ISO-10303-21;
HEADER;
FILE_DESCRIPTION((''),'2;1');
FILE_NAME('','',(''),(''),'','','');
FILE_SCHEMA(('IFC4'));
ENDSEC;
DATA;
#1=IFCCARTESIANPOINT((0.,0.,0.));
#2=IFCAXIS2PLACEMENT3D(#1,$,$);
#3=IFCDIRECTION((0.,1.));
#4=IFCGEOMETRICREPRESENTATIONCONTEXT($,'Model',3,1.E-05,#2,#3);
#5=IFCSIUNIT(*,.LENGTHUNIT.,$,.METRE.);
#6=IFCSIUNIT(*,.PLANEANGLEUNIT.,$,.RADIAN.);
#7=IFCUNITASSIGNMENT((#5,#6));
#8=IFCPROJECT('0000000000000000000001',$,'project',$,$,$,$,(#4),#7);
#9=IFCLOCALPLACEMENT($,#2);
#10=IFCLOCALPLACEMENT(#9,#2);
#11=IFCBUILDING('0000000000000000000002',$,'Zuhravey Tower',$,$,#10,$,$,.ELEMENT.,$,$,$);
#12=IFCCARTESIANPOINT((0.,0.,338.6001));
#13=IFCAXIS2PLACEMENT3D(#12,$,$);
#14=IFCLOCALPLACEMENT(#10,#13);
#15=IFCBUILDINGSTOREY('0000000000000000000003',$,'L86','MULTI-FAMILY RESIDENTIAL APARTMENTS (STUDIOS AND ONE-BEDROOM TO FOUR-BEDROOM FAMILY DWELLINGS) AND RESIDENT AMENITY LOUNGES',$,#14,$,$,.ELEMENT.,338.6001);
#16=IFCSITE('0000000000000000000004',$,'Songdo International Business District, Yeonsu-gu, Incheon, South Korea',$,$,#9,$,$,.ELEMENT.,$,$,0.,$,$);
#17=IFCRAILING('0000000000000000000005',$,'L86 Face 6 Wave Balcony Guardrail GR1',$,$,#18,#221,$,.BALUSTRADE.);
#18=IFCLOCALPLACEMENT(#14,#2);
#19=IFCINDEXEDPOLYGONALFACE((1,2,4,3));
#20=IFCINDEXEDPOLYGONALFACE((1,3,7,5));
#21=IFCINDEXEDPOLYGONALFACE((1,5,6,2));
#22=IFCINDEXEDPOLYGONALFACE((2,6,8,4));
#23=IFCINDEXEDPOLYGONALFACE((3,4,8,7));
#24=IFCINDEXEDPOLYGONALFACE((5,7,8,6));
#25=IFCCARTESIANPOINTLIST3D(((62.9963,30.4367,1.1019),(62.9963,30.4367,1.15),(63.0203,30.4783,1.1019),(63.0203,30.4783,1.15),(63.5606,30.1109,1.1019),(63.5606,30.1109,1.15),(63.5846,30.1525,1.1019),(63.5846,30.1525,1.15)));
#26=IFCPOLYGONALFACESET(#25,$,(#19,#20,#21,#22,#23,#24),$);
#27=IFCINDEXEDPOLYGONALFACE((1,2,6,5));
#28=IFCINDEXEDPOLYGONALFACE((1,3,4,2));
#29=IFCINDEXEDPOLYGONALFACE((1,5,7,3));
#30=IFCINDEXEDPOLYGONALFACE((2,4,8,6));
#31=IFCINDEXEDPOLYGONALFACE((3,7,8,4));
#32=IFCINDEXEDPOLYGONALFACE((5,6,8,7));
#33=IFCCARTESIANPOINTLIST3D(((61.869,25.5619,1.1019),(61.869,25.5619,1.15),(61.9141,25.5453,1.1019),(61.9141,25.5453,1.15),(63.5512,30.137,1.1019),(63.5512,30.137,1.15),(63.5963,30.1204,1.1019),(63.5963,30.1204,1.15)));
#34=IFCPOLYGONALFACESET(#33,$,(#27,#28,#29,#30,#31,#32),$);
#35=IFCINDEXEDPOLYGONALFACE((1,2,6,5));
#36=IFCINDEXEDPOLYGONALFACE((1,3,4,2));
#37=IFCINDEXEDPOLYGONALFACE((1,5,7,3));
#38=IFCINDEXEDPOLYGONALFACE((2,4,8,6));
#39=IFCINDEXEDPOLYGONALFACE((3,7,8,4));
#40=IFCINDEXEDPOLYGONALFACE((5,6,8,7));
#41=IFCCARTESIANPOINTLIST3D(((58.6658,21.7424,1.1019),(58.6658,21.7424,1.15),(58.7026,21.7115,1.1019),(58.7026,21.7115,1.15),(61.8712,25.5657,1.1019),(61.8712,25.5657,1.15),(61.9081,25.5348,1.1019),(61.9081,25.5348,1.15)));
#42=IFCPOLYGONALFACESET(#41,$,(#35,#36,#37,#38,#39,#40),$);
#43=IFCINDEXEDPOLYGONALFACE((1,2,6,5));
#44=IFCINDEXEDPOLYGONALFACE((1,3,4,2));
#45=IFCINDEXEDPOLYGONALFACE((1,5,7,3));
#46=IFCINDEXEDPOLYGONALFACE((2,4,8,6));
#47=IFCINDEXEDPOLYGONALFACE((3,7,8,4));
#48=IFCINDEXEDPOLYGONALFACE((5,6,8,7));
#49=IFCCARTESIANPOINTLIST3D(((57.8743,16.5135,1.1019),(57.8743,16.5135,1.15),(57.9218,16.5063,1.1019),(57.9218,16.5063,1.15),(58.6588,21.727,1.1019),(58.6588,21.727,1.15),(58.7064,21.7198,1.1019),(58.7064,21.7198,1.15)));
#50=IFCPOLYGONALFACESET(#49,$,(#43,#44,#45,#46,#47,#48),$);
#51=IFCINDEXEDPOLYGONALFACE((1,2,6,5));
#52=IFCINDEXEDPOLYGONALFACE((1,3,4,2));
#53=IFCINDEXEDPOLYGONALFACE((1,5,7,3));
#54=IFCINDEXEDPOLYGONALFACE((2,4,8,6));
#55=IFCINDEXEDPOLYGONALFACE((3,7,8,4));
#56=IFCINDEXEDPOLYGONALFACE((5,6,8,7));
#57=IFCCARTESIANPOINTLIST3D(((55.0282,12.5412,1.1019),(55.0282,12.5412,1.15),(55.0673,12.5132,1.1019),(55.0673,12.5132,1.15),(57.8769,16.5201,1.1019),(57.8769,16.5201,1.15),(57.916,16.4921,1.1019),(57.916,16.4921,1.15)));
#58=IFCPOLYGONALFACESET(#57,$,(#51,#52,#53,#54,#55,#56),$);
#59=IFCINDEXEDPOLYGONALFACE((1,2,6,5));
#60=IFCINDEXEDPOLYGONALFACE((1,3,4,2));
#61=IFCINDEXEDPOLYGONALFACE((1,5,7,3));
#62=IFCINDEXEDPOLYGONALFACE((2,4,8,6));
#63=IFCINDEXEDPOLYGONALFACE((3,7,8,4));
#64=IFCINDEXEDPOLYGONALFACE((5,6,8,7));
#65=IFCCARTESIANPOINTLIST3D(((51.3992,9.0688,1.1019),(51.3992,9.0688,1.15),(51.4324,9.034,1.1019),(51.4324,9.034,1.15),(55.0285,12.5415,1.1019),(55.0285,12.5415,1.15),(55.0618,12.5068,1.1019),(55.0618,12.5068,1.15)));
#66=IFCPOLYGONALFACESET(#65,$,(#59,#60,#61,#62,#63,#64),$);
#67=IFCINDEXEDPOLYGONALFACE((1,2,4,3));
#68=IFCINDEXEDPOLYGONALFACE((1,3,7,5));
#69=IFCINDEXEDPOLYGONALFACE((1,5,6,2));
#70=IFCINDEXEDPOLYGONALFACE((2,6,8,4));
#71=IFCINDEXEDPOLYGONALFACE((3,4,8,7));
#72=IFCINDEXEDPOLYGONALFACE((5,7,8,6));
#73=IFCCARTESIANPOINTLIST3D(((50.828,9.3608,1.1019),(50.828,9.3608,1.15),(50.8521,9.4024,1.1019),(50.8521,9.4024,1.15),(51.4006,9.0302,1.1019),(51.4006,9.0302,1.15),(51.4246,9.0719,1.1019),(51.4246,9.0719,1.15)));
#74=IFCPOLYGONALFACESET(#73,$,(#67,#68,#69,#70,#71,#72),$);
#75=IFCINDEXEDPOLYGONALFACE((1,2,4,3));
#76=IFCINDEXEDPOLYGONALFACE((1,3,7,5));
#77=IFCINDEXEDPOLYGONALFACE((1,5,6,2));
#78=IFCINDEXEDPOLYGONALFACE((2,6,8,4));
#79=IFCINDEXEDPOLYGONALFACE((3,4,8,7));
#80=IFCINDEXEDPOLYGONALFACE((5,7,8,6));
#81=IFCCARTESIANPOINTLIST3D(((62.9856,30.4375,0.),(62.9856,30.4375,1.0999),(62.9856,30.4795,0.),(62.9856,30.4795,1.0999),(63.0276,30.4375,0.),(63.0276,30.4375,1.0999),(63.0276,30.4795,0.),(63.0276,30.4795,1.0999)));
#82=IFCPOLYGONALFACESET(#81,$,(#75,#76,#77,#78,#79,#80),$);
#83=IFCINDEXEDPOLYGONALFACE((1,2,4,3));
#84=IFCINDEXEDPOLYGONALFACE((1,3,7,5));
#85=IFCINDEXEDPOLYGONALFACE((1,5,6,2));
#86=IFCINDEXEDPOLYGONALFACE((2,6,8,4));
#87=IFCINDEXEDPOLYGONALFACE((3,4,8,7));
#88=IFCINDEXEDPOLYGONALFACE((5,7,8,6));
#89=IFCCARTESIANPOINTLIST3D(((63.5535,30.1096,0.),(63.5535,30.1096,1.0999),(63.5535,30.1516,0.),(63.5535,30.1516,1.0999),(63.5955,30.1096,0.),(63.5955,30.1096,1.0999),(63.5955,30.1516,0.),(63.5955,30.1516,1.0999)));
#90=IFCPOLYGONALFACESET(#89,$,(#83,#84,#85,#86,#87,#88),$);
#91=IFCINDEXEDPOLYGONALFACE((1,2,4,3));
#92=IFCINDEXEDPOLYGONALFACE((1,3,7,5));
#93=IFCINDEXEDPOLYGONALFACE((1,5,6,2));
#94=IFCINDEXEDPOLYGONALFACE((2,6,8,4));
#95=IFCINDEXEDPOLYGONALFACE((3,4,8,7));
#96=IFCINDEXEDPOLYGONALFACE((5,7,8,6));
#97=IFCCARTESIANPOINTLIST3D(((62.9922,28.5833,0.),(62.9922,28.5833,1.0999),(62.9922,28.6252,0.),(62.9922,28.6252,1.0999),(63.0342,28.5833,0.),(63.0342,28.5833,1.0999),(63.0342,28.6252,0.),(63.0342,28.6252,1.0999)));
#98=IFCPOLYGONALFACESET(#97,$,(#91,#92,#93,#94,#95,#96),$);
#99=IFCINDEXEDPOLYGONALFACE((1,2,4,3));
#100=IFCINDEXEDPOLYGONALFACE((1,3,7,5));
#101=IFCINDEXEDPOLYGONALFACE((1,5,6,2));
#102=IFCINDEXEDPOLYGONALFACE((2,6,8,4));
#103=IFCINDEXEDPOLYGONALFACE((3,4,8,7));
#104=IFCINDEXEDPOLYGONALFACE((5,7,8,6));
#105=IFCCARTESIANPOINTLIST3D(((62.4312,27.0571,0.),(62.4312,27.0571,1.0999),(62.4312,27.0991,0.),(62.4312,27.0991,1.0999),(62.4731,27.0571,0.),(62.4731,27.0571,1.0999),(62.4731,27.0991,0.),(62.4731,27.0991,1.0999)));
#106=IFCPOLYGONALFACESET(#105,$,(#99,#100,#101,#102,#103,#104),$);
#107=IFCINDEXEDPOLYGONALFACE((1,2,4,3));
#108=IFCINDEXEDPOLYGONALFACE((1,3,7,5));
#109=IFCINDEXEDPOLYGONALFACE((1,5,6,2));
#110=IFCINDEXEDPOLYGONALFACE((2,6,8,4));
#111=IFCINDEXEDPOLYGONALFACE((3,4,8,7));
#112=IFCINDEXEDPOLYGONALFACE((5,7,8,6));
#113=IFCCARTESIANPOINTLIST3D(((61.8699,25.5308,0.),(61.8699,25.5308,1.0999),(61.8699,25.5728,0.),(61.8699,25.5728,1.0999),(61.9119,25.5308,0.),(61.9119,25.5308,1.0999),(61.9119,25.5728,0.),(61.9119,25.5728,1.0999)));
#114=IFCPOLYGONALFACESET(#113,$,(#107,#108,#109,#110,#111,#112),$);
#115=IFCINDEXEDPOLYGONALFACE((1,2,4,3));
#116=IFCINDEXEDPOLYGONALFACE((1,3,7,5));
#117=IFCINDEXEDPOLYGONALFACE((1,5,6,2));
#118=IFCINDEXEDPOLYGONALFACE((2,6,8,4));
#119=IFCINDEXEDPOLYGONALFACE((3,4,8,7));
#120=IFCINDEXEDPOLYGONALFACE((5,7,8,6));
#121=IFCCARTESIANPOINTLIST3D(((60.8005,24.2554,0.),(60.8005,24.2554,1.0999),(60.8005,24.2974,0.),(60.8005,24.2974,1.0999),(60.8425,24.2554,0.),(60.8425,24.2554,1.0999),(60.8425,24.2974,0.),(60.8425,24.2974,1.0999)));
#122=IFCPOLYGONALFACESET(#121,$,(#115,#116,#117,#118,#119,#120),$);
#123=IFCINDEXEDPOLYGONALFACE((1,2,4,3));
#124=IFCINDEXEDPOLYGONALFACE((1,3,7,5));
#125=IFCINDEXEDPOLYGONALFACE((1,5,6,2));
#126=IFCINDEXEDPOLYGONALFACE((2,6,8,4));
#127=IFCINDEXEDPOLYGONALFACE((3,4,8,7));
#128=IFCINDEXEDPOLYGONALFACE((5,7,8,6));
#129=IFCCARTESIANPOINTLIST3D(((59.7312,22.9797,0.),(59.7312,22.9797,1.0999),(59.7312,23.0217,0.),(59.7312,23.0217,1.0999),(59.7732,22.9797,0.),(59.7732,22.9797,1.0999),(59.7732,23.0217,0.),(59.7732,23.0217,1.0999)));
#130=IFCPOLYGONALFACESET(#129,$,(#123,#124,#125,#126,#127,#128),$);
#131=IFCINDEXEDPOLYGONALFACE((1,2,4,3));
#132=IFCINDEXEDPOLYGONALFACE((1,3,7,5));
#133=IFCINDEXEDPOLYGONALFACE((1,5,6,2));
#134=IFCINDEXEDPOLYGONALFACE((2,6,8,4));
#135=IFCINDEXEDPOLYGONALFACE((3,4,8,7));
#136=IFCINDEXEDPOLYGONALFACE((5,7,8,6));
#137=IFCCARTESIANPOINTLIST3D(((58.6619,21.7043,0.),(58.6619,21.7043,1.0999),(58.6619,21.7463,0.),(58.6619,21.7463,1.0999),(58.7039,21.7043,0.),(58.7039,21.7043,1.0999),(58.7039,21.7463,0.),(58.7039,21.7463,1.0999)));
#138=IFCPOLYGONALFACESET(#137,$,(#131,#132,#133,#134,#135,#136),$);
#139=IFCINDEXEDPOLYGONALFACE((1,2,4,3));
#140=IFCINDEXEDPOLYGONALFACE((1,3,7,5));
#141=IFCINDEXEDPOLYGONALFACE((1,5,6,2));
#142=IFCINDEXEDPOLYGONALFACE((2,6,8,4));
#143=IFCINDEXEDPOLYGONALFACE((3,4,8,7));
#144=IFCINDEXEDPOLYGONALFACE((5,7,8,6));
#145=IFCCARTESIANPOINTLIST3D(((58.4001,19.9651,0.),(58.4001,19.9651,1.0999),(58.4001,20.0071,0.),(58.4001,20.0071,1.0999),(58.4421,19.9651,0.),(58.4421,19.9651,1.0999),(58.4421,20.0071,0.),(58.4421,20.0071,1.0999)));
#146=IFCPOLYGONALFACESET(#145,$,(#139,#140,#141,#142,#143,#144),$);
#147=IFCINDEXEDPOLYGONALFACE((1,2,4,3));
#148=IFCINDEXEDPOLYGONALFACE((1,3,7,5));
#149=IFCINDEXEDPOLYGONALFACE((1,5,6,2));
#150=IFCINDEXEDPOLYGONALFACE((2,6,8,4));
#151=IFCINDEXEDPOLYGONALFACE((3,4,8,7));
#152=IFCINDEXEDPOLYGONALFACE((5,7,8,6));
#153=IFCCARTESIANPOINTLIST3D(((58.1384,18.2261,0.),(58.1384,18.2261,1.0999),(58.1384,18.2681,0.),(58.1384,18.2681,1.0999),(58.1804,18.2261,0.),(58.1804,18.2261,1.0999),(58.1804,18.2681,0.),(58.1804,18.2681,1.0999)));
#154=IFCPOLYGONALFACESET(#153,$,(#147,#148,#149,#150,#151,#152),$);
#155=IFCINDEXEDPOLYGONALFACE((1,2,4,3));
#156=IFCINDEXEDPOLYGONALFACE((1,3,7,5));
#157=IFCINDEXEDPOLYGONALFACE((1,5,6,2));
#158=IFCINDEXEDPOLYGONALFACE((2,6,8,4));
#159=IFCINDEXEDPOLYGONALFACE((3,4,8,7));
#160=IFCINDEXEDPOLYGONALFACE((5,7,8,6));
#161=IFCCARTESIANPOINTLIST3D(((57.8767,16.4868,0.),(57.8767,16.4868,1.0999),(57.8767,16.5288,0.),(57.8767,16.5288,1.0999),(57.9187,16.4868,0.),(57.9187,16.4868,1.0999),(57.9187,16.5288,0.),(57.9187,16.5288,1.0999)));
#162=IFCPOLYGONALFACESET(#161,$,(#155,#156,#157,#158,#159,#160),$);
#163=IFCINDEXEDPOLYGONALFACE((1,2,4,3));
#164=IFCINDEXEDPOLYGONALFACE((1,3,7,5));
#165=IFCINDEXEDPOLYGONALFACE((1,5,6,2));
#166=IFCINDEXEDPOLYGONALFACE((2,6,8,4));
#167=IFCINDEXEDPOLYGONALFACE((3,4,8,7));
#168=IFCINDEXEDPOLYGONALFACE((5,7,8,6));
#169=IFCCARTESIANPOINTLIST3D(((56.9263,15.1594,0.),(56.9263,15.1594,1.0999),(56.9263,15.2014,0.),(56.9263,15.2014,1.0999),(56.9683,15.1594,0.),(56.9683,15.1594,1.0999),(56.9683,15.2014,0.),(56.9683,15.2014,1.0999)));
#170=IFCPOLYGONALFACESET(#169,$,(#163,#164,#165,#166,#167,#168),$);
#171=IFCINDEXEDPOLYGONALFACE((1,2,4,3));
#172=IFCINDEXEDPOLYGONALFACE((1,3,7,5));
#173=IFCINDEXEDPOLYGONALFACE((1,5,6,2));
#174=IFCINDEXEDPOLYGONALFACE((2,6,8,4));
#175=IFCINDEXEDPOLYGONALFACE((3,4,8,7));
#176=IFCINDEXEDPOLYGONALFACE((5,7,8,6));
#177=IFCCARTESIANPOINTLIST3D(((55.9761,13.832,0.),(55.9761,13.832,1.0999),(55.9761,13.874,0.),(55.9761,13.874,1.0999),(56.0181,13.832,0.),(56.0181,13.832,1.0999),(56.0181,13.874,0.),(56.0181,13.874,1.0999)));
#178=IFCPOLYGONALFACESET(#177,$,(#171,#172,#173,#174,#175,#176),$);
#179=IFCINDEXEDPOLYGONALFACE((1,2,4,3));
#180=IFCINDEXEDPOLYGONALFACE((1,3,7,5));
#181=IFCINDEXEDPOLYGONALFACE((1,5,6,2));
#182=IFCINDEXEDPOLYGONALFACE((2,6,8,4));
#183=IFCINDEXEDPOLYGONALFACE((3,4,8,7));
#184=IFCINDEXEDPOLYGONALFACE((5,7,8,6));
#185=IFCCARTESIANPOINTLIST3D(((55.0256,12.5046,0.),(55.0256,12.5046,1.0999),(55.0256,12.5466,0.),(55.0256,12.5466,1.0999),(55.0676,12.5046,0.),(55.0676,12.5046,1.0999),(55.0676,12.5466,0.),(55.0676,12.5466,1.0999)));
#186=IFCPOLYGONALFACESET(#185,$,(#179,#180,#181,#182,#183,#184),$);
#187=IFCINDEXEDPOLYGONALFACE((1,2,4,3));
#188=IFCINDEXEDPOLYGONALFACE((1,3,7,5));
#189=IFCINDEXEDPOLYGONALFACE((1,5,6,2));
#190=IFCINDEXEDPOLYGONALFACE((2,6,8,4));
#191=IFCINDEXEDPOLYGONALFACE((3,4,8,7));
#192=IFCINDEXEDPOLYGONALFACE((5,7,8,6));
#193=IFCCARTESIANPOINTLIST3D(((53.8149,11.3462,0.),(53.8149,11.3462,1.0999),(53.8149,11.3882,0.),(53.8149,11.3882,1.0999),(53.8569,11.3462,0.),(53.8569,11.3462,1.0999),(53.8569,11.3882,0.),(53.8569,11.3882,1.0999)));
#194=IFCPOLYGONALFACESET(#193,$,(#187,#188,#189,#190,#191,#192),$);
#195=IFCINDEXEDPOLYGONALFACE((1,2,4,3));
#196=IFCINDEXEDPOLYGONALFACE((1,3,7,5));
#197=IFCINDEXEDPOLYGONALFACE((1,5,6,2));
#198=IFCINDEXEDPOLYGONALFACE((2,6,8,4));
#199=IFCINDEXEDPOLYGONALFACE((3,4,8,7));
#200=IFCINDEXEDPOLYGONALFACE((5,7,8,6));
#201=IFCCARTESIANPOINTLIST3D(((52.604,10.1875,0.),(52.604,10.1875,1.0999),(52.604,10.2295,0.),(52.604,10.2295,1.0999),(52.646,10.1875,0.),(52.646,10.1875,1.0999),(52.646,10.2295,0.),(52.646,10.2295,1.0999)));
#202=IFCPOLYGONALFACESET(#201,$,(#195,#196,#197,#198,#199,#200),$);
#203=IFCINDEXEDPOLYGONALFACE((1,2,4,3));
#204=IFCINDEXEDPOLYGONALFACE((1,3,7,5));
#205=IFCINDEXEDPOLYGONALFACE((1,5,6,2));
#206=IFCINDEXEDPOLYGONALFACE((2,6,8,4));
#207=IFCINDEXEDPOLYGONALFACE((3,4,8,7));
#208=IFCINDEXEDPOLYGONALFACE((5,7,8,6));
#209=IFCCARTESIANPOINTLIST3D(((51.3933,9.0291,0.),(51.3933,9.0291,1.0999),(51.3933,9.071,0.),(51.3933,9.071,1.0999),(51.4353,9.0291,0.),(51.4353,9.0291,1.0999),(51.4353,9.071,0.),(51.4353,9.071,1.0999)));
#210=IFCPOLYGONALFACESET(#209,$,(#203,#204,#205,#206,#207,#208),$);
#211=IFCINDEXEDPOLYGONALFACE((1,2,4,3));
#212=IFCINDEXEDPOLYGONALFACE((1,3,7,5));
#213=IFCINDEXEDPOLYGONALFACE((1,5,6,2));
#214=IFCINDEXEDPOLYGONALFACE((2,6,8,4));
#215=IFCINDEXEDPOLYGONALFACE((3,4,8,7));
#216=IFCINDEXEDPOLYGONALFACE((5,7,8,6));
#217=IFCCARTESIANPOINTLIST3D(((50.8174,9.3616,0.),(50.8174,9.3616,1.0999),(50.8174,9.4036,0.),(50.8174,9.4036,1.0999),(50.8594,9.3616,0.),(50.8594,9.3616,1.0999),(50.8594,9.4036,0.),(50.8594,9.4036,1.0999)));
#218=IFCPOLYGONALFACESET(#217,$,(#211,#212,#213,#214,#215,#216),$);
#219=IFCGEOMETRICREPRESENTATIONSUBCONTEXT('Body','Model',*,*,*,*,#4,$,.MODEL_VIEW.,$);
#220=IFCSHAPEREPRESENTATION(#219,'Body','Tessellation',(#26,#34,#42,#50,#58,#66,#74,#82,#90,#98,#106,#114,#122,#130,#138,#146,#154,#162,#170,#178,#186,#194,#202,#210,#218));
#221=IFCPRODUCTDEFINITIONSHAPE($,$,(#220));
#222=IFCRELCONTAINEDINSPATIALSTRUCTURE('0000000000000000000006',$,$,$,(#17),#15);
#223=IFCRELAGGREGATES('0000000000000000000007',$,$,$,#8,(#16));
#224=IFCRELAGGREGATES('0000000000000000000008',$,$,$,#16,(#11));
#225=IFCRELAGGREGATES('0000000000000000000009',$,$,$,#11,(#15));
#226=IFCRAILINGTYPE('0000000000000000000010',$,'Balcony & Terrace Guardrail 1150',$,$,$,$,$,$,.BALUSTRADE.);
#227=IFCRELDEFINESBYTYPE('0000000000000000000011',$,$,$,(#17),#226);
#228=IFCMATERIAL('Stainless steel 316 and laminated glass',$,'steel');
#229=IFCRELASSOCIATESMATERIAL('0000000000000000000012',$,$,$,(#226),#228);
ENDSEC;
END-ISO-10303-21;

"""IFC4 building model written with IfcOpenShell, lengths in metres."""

from ifc_helpers import new_model, si_unit, direction, frame, origin, origin_2d, place, context, subcontext, project, spatial, rectangle, extrude, material, type_object, element, save


model = new_model("IFC4")

# Units and contexts
model_context = context("Model", 3, precision=1e-05, world=origin(), true_north=direction((0.0, 1.0)))
body_context = subcontext(model_context, "Body", "Model", "MODEL_VIEW")
ifc_project = project(units=[si_unit("LENGTHUNIT", "METRE"), si_unit("PLANEANGLEUNIT", "RADIAN")], contexts=[model_context])

# Site, building, storey
site_placement = place(None, origin())
site = spatial("IfcSite", under=ifc_project, at=site_placement, Name="Songdo International Business District, Yeonsu-gu, Incheon, South Korea", CompositionType="ELEMENT", RefElevation=0.0)
building_placement = place(site_placement, origin())
building = spatial("IfcBuilding", under=site, at=building_placement, Name="Zuhravey Tower", CompositionType="ELEMENT")
storey_placement = place(building_placement, frame((0.0, 0.0, 338.6001)))
storey = spatial("IfcBuildingStorey", under=building, at=storey_placement, Name="L86", Description="MULTI-FAMILY RESIDENTIAL APARTMENTS (STUDIOS AND ONE-BEDROOM TO FOUR-BEDROOM FAMILY DWELLINGS) AND RESIDENT AMENITY LOUNGES", CompositionType="ELEMENT", Elevation=338.6001)

# Railing
ifc_material_1 = material(Name="Stainless steel 316 and laminated glass", Category="steel")
railing_type = type_object("IfcRailingType", Name="Balcony & Terrace Guardrail 1150", PredefinedType="BALUSTRADE", material=ifc_material_1)
railing_placement = place(storey_placement, frame((63.0066, 30.4585, 0.0)))
element("IfcRailing", 1, at=railing_placement, inside=storey, type_object=railing_type, Name="L86 Face 6 Wave Balcony Guardrail GR1", PredefinedType="BALUSTRADE", context=body_context, shape_type="SweptSolid", body=[
    extrude(rectangle(XDim=0.0481, YDim=0.0481, at=origin_2d()), frame((0.0017, -0.001, 1.126), z_axis=(0.866012, -0.500023, 0.0), x_axis=(0.500023, 0.866012, 0.0)), (0.0, 0.0, 1.0), 0.6516),
    extrude(rectangle(XDim=0.0481, YDim=0.0481, at=origin_2d()), frame((0.5671, -0.3298, 1.126), z_axis=(-0.3451, -0.938566, 0.0), x_axis=(0.938566, -0.3451, 0.0)), (0.0, 0.0, 1.0), 4.8745),
    extrude(rectangle(XDim=0.0481, YDim=0.0481, at=origin_2d()), frame((-1.1169, -4.9082, 1.126), z_axis=(-0.642466, -0.766314, 0.0), x_axis=(0.766314, -0.642466, 0.0)), (0.0, 0.0, 1.0), 4.9893),
    extrude(rectangle(XDim=0.0481, YDim=0.0481, at=origin_2d()), frame((-4.324, -8.7351, 1.126), z_axis=(-0.148809, -0.988866, 0.0), x_axis=(0.988866, -0.148809, 0.0)), (0.0, 0.0, 1.0), 5.2722),
    extrude(rectangle(XDim=0.0481, YDim=0.0481, at=origin_2d()), frame((-5.1101, -13.9524, 1.126), z_axis=(-0.582138, -0.81309, 0.0), x_axis=(0.81309, -0.582138, 0.0)), (0.0, 0.0, 1.0), 4.8936),
    extrude(rectangle(XDim=0.0481, YDim=0.0481, at=origin_2d()), frame((-7.9614, -17.9343, 1.126), z_axis=(-0.722524, -0.691346, 0.0), x_axis=(0.691346, -0.722524, 0.0)), (0.0, 0.0, 1.0), 5.0232),
    extrude(rectangle(XDim=0.0481, YDim=0.0481, at=origin_2d()), frame((-11.594, -21.4075, 1.126), z_axis=(-0.866021, 0.500008, 0.0), x_axis=(-0.500008, -0.866021, 0.0)), (0.0, 0.0, 1.0), 0.6611),
    extrude(rectangle(XDim=0.042, YDim=0.042, at=origin_2d()), origin(), (0.0, 0.0, 1.0), 1.0999),
    extrude(rectangle(XDim=0.042, YDim=0.042, at=origin_2d()), frame((0.5679, -0.3279, 0.0)), (0.0, 0.0, 1.0), 1.0999),
    extrude(rectangle(XDim=0.042, YDim=0.042, at=origin_2d()), frame((0.0066, -1.8542, 0.0)), (0.0, 0.0, 1.0), 1.0999),
    extrude(rectangle(XDim=0.042, YDim=0.042, at=origin_2d()), frame((-0.5544, -3.3804, 0.0)), (0.0, 0.0, 1.0), 1.0999),
    extrude(rectangle(XDim=0.042, YDim=0.042, at=origin_2d()), frame((-1.1157, -4.9067, 0.0)), (0.0, 0.0, 1.0), 1.0999),
    extrude(rectangle(XDim=0.042, YDim=0.042, at=origin_2d()), frame((-2.1851, -6.1821, 0.0)), (0.0, 0.0, 1.0), 1.0999),
    extrude(rectangle(XDim=0.042, YDim=0.042, at=origin_2d()), frame((-3.2544, -7.4578, 0.0)), (0.0, 0.0, 1.0), 1.0999),
    extrude(rectangle(XDim=0.042, YDim=0.042, at=origin_2d()), frame((-4.3237, -8.7332, 0.0)), (0.0, 0.0, 1.0), 1.0999),
    extrude(rectangle(XDim=0.042, YDim=0.042, at=origin_2d()), frame((-4.5854, -10.4724, 0.0)), (0.0, 0.0, 1.0), 1.0999),
    extrude(rectangle(XDim=0.042, YDim=0.042, at=origin_2d()), frame((-4.8472, -12.2114, 0.0)), (0.0, 0.0, 1.0), 1.0999),
    extrude(rectangle(XDim=0.042, YDim=0.042, at=origin_2d()), frame((-5.1089, -13.9507, 0.0)), (0.0, 0.0, 1.0), 1.0999),
    extrude(rectangle(XDim=0.042, YDim=0.042, at=origin_2d()), frame((-6.0593, -15.2781, 0.0)), (0.0, 0.0, 1.0), 1.0999),
    extrude(rectangle(XDim=0.042, YDim=0.042, at=origin_2d()), frame((-7.0095, -16.6055, 0.0)), (0.0, 0.0, 1.0), 1.0999),
    extrude(rectangle(XDim=0.042, YDim=0.042, at=origin_2d()), frame((-7.96, -17.9329, 0.0)), (0.0, 0.0, 1.0), 1.0999),
    extrude(rectangle(XDim=0.042, YDim=0.042, at=origin_2d()), frame((-9.1707, -19.0913, 0.0)), (0.0, 0.0, 1.0), 1.0999),
    extrude(rectangle(XDim=0.042, YDim=0.042, at=origin_2d()), frame((-10.3816, -20.25, 0.0)), (0.0, 0.0, 1.0), 1.0999),
    extrude(rectangle(XDim=0.042, YDim=0.042, at=origin_2d()), frame((-11.5923, -21.4084, 0.0)), (0.0, 0.0, 1.0), 1.0999),
    extrude(rectangle(XDim=0.042, YDim=0.042, at=origin_2d()), frame((-12.1682, -21.0759, 0.0)), (0.0, 0.0, 1.0), 1.0999),
])

save(model, "model.ifc")
